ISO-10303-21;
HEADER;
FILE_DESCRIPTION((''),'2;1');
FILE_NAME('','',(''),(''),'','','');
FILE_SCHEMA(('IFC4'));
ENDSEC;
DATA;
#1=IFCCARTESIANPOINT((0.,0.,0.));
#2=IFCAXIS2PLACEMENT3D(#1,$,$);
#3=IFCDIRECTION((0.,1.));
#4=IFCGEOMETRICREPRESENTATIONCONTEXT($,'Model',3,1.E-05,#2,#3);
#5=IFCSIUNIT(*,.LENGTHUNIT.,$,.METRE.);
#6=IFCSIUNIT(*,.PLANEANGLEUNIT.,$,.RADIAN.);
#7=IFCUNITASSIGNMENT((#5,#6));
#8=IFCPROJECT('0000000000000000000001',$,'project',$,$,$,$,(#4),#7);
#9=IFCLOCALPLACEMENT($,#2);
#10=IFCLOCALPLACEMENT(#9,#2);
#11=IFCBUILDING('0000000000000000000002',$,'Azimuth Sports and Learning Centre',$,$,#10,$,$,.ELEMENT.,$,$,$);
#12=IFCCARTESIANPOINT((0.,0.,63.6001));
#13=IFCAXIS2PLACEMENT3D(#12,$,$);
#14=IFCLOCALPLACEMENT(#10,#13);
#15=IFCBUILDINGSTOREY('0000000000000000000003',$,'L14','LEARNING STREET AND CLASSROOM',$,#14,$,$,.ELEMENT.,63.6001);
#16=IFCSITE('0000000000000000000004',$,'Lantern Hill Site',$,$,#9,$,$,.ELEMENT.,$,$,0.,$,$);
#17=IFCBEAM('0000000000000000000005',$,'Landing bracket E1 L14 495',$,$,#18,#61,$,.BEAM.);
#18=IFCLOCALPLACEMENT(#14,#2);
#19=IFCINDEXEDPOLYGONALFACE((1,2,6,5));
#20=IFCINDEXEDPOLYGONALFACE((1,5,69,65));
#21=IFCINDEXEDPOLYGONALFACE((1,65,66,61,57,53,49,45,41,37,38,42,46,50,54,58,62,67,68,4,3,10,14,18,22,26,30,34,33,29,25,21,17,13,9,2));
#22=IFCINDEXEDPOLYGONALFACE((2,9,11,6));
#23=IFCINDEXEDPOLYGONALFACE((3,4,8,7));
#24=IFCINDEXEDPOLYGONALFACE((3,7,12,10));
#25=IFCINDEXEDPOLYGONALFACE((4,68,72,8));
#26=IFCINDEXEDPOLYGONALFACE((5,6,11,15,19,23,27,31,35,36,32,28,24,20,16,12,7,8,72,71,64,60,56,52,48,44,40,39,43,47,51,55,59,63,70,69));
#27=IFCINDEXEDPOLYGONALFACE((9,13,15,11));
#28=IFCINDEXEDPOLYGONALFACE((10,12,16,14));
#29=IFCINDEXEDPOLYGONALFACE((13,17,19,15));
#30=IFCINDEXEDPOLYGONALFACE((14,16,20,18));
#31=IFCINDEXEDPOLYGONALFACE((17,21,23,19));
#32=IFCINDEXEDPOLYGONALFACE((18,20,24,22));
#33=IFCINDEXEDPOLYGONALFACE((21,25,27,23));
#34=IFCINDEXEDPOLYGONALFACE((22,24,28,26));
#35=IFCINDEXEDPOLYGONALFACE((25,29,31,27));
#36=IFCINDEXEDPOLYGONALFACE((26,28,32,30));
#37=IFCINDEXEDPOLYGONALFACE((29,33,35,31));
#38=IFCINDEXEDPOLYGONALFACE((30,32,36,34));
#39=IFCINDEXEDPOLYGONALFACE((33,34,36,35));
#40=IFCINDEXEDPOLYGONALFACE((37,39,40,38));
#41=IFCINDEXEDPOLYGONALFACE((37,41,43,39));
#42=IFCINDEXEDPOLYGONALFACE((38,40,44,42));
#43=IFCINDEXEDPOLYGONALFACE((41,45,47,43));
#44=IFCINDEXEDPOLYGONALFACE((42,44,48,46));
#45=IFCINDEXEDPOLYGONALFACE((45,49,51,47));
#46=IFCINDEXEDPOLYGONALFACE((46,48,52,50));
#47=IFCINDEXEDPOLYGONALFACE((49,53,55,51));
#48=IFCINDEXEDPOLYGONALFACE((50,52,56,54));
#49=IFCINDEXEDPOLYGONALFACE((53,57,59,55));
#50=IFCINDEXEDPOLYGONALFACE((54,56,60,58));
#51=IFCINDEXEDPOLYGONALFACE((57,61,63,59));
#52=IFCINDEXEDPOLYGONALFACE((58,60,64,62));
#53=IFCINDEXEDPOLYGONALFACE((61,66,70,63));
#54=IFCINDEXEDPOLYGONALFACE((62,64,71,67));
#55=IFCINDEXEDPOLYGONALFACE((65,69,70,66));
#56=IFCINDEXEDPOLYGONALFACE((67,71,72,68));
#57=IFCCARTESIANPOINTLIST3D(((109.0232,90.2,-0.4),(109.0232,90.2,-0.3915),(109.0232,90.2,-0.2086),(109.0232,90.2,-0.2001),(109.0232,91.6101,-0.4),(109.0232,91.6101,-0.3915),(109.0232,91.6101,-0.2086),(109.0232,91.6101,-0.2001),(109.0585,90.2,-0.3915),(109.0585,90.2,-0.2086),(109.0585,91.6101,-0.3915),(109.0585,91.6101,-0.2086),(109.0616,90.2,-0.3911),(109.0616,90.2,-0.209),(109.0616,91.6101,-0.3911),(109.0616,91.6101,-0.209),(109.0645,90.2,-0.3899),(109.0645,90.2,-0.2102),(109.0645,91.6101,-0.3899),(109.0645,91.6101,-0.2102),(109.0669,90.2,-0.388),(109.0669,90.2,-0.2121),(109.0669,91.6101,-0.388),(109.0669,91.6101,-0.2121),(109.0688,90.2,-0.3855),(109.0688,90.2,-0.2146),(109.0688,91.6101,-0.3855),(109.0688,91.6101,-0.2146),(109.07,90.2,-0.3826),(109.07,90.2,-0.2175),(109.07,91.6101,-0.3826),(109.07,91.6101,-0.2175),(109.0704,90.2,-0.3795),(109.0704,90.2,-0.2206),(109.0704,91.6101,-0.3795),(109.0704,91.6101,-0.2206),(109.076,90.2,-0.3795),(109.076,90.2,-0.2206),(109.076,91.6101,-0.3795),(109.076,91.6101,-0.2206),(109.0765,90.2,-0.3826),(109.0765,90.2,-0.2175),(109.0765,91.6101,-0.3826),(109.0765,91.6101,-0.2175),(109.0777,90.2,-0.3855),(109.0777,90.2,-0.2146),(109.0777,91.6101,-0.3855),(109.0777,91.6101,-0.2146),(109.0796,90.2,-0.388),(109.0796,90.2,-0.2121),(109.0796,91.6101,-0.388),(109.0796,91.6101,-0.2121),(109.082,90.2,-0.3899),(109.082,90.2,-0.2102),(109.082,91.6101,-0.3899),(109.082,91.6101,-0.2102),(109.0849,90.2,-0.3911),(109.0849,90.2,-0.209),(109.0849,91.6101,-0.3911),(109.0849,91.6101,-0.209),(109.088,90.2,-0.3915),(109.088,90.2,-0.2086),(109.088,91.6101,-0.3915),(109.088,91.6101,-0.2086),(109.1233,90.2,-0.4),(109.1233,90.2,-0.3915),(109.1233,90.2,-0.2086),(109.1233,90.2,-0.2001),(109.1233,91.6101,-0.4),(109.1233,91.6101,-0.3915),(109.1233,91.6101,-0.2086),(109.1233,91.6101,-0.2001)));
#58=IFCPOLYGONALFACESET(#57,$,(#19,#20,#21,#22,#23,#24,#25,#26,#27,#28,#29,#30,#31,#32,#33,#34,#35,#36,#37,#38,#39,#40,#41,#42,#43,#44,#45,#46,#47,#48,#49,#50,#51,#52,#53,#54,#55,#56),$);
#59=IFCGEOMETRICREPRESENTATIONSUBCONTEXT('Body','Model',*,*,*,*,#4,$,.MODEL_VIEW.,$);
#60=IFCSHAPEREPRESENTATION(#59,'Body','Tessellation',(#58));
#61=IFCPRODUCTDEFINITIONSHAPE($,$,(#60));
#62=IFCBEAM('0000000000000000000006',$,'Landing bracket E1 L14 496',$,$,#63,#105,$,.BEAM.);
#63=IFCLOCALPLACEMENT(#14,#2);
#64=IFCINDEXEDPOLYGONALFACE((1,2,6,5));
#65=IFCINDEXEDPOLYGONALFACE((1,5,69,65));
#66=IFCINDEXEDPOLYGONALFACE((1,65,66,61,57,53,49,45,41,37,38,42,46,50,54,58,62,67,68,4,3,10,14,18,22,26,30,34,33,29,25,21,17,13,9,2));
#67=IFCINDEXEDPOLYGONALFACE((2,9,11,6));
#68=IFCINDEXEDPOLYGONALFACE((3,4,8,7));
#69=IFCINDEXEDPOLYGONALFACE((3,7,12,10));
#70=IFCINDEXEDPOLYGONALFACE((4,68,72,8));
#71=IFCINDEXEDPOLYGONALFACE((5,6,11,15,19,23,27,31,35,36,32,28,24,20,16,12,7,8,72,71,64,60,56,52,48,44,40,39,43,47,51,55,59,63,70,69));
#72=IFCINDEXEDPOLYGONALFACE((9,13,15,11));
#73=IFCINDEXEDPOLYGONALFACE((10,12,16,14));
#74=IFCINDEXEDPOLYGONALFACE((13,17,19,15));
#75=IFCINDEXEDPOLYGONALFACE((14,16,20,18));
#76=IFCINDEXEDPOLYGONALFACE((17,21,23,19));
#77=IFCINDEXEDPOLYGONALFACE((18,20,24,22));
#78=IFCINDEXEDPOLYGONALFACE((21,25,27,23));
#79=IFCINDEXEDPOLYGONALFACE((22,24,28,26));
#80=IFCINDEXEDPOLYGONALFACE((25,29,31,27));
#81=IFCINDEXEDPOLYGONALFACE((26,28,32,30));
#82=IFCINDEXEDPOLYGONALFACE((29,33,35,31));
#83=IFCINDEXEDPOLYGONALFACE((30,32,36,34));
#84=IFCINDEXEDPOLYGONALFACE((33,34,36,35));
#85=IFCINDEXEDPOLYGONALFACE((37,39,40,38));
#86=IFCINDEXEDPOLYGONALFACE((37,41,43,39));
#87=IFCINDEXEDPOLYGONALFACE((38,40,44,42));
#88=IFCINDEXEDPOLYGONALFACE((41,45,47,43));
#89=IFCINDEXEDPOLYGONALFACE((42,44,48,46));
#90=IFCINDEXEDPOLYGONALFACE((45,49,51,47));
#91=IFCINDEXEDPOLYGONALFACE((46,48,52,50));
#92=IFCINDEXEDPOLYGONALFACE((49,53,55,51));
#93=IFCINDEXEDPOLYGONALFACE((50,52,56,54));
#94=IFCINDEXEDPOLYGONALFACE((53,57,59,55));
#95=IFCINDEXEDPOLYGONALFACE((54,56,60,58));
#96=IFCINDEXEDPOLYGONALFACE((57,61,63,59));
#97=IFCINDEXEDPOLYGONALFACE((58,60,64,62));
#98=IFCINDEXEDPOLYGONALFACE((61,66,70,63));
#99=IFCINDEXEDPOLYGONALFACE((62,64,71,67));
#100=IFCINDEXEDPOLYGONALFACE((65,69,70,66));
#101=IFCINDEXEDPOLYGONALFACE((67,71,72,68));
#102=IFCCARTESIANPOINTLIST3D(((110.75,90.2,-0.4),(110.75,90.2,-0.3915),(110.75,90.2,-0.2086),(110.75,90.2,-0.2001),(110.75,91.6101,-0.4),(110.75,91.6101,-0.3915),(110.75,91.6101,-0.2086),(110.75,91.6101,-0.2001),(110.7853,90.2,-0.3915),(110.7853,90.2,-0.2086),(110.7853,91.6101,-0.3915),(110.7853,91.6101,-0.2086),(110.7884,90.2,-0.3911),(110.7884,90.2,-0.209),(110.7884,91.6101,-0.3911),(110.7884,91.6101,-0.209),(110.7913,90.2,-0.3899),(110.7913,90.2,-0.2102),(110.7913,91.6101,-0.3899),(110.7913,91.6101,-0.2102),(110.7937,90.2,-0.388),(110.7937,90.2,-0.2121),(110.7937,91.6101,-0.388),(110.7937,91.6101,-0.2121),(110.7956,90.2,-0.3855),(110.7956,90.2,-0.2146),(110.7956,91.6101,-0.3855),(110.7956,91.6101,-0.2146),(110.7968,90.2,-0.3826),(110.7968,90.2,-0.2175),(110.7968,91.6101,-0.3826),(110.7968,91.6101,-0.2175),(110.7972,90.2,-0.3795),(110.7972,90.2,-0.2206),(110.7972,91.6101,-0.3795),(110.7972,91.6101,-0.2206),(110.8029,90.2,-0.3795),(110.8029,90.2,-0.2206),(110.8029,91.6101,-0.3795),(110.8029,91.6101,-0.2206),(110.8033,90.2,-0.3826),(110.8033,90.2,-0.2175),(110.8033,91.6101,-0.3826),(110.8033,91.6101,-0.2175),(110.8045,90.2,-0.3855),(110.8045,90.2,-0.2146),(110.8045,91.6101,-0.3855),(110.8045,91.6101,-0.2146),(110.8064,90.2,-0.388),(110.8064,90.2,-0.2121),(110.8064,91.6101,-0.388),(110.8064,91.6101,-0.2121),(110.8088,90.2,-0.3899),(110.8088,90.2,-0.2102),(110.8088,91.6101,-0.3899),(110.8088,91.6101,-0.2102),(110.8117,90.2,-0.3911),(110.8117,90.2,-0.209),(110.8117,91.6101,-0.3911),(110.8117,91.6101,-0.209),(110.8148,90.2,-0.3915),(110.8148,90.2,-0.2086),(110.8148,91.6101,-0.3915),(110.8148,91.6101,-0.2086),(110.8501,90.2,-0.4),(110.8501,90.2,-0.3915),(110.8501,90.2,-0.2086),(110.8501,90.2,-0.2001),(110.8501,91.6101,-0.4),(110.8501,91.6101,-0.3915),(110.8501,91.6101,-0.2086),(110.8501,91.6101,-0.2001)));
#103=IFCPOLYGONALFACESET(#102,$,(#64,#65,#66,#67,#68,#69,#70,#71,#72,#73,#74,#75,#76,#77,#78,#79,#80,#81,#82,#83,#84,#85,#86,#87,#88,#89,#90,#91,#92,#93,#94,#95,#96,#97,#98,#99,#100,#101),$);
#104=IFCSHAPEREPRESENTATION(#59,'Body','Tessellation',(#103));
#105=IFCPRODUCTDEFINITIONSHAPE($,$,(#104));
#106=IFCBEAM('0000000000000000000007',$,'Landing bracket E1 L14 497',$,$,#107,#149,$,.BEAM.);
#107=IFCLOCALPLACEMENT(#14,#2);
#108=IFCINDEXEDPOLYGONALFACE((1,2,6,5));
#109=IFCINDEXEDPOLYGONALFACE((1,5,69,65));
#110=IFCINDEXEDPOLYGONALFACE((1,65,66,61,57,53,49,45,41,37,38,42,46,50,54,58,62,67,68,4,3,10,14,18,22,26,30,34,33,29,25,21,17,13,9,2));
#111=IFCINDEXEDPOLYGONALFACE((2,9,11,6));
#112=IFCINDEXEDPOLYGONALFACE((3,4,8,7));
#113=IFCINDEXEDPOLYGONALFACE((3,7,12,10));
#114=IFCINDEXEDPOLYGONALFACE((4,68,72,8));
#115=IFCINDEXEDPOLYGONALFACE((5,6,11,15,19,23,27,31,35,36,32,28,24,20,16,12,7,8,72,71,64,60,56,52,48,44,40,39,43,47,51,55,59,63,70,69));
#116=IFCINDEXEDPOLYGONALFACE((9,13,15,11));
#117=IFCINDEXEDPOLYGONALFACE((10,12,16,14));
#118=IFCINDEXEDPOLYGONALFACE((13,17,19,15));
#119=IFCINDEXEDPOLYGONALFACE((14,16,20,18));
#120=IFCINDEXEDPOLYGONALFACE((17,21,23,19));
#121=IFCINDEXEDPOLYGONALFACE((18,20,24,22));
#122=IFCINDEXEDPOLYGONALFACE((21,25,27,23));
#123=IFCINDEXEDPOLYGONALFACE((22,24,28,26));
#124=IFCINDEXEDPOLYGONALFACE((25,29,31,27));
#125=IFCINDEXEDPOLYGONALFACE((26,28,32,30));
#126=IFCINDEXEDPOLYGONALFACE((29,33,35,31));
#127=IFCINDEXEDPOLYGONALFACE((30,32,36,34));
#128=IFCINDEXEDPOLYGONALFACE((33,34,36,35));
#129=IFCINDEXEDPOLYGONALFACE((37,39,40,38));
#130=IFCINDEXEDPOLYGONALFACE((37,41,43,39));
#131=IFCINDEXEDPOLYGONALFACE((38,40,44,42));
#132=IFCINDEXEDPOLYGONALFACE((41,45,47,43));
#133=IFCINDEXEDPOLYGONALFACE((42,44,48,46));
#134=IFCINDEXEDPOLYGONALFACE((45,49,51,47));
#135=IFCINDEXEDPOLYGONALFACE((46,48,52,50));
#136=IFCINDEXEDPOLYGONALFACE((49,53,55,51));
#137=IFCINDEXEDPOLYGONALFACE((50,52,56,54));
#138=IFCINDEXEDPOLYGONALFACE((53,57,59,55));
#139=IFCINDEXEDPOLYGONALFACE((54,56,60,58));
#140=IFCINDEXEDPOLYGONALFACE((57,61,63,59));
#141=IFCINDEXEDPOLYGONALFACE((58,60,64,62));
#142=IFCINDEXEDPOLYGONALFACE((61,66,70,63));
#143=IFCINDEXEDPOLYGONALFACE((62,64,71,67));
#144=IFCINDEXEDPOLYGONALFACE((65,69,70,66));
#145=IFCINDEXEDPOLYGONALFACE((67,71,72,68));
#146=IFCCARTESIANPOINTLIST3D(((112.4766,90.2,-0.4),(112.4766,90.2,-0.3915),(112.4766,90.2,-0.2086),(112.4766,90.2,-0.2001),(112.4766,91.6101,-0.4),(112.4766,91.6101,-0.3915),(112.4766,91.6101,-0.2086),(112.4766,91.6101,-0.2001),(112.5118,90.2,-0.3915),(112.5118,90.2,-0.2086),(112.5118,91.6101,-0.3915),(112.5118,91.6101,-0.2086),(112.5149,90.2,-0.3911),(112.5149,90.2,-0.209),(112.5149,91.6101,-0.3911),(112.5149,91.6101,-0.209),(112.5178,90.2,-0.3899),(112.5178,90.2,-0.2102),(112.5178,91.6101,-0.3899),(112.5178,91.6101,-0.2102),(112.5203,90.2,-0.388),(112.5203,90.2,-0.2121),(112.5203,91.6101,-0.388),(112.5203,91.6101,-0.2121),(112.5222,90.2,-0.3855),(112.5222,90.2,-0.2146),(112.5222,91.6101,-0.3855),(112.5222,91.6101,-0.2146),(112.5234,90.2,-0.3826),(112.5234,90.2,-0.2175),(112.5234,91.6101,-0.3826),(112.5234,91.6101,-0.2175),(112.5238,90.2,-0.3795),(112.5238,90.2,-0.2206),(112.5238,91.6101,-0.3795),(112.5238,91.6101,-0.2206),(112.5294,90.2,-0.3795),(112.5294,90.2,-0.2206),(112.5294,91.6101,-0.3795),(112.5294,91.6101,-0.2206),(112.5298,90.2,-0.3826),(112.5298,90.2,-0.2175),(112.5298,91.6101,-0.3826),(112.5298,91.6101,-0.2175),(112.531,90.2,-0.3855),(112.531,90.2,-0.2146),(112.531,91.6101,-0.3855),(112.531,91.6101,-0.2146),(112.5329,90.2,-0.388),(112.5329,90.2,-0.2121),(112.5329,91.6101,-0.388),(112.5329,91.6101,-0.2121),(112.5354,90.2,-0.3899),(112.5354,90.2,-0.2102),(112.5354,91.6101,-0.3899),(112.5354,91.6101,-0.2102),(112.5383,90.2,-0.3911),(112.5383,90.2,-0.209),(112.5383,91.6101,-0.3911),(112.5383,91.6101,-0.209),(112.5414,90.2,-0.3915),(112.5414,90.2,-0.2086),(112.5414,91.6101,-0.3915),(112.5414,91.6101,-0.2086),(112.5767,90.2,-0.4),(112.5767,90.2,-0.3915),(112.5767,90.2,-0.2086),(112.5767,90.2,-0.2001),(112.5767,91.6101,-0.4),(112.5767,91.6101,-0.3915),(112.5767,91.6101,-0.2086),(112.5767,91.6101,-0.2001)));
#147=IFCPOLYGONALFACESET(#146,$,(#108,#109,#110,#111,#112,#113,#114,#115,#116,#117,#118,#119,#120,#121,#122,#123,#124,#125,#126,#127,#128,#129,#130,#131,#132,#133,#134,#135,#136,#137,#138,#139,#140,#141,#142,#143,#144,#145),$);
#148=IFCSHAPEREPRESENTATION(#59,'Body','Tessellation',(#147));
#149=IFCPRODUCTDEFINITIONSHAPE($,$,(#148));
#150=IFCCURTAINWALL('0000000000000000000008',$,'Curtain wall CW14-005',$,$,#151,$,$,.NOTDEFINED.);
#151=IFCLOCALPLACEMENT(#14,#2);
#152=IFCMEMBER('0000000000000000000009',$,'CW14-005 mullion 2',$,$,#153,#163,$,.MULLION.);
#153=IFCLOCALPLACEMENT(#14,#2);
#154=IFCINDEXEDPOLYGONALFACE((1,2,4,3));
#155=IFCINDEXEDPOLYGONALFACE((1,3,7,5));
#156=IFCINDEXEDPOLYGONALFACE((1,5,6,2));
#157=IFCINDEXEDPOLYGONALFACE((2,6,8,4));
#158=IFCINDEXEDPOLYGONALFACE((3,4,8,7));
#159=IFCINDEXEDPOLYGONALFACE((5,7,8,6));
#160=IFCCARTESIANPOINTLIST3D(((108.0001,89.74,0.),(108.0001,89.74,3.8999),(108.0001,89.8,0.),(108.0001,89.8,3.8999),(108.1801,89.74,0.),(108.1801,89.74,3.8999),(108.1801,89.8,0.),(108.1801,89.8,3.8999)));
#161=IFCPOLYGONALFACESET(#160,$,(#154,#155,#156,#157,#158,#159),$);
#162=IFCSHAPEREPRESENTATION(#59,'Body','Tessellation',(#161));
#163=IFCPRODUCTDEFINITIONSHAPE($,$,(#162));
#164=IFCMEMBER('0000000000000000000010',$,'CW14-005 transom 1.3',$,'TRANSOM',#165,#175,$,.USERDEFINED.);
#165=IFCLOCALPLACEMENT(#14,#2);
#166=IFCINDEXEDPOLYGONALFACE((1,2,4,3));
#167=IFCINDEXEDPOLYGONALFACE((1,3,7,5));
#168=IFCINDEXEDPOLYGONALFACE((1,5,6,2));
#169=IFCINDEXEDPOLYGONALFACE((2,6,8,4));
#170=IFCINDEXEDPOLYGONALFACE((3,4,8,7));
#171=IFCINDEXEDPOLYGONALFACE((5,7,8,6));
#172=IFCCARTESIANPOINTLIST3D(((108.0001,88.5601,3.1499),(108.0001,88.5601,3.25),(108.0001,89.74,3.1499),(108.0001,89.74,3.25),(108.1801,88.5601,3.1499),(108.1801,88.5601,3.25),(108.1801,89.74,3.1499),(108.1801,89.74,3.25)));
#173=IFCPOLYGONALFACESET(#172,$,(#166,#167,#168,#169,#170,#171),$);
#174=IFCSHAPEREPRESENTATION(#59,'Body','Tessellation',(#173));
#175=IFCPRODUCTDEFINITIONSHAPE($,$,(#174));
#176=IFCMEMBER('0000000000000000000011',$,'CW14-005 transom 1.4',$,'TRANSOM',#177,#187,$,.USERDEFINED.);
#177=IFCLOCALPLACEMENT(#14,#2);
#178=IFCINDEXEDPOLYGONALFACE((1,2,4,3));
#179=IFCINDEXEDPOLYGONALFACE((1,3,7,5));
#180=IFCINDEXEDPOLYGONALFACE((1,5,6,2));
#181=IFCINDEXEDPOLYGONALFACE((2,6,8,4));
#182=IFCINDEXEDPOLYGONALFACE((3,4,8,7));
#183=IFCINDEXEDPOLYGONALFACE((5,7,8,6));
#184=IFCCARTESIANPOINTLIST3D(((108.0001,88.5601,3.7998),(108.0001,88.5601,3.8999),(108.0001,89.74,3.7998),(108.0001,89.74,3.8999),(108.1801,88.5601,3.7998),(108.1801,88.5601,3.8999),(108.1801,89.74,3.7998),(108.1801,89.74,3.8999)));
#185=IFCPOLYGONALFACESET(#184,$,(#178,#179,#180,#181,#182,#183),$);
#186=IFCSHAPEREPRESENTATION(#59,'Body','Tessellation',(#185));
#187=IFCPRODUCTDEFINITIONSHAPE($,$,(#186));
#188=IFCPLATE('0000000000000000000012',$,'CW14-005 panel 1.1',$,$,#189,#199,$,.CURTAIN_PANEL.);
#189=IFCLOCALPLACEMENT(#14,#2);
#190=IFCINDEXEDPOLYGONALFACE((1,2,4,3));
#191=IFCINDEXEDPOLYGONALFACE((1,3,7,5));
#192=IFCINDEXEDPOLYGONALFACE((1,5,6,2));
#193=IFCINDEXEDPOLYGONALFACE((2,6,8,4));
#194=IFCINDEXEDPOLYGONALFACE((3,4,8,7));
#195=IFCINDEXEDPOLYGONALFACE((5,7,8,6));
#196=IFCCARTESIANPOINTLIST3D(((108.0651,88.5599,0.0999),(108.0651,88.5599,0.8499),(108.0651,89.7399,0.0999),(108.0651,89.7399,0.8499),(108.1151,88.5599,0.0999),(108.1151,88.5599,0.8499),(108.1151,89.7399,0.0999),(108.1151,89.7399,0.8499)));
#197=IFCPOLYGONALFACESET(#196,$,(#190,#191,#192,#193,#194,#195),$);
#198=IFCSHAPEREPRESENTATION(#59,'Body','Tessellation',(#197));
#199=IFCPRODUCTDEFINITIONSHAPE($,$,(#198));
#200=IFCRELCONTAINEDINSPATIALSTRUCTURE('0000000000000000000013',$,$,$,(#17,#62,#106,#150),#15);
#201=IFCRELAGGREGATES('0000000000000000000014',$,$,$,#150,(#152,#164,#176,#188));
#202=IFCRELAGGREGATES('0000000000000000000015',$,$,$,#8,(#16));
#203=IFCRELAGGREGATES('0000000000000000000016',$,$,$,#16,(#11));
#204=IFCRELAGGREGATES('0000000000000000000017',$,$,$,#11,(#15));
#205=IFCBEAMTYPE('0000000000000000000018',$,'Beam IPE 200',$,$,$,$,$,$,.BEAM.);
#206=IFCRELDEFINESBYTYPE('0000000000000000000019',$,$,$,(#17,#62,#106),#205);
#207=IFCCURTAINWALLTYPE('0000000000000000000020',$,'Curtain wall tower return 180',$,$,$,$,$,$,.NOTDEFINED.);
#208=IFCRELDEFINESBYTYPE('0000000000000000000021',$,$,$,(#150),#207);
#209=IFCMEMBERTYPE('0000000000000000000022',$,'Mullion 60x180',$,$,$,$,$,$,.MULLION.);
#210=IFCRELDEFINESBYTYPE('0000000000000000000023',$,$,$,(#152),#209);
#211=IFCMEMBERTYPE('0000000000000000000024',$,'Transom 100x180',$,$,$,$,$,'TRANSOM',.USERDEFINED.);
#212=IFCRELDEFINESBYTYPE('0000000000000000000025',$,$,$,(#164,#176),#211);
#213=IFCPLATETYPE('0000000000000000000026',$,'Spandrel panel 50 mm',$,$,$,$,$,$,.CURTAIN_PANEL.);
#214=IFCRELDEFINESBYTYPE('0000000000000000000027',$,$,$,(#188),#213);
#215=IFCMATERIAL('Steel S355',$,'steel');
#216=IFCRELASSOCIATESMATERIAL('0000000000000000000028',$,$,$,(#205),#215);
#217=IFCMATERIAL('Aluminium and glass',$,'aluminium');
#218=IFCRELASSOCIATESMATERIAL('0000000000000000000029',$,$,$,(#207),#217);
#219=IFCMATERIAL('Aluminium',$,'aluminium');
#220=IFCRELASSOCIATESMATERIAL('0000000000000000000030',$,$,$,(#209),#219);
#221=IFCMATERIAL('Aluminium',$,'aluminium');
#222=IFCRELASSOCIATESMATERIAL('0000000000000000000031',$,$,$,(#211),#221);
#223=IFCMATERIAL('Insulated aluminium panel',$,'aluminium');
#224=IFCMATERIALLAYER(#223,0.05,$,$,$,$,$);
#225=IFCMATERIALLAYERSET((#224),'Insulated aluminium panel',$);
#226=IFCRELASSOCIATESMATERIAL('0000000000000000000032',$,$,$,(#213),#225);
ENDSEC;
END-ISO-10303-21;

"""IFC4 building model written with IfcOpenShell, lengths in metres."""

from ifc_helpers import new_model, si_unit, direction, frame, origin, origin_2d, place, context, subcontext, project, spatial, rectangle, i_section, extrude, material, layer, layer_set, material_profile, profile_set, type_object, element, aggregate, save


model = new_model("IFC4")

# Units and contexts
model_context = context("Model", 3, precision=1e-05, world=origin(), true_north=direction((0.0, 1.0)))
body_context = subcontext(model_context, "Body", "Model", "MODEL_VIEW")
ifc_project = project(units=[si_unit("LENGTHUNIT", "METRE"), si_unit("PLANEANGLEUNIT", "RADIAN")], contexts=[model_context])

# Site, building, storey
site_placement = place(None, origin())
site = spatial("IfcSite", under=ifc_project, at=site_placement, Name="Lantern Hill Site", CompositionType="ELEMENT", RefElevation=0.0)
building_placement = place(site_placement, origin())
building = spatial("IfcBuilding", under=site, at=building_placement, Name="Azimuth Sports and Learning Centre", CompositionType="ELEMENT")
storey_placement = place(building_placement, frame((0.0, 0.0, 63.6001)))
storey = spatial("IfcBuildingStorey", under=building, at=storey_placement, Name="L14", Description="LEARNING STREET AND CLASSROOM", CompositionType="ELEMENT", Elevation=63.6001)

# Beams
ifc_material_1 = material(Name="Steel S355", Category="steel")
ifc_material_profile_1 = material_profile(ifc_material_1, i_section(OverallWidth=0.1001, OverallDepth=0.2, WebThickness=0.0056, FlangeThickness=0.0085, FilletRadius=0.012, at=origin_2d()), Name="IPE 200")
ifc_profile_set_1 = profile_set([ifc_material_profile_1], Name="Steel S355")
beam_type = type_object("IfcBeamType", Name="Beam IPE 200", PredefinedType="BEAM", material=ifc_profile_set_1)
for number, where, z_axis, x_axis, name in (
    (1, (109.0732, 90.2, -0.3), (0.0, 1.0, 0.0), (-1.0, 0.0, 0.0), "Landing bracket E1 L14 495"),
    (2, (110.8, 90.2, -0.3), (0.0, 1.0, 0.0), (-1.0, 0.0, 0.0), "Landing bracket E1 L14 496"),
    (3, (112.5266, 90.2, -0.3), (0.0, 1.0, 0.0), (-1.0, 0.0, 0.0), "Landing bracket E1 L14 497"),
):
    element("IfcBeam", number, at=place(storey_placement, frame(where, z_axis=z_axis, x_axis=x_axis)), inside=storey, type_object=beam_type, Name=name, PredefinedType="BEAM", context=body_context, shape_type="SweptSolid", body=[
        extrude(i_section(OverallWidth=0.1001, OverallDepth=0.2, WebThickness=0.0056, FlangeThickness=0.0085, FilletRadius=0.012, at=origin_2d()), origin(), (0.0, 0.0, 1.0), 1.4102),
    ])

# Curtain wall, members, plate
ifc_material_2 = material(Name="Aluminium and glass", Category="aluminium")
curtain_wall_type = type_object("IfcCurtainWallType", Name="Curtain wall tower return 180", PredefinedType="NOTDEFINED", material=ifc_material_2)
curtain_wall_placement = place(storey_placement, origin())
curtain_wall = element("IfcCurtainWall", 4, at=curtain_wall_placement, inside=storey, type_object=curtain_wall_type, Name="Curtain wall CW14-005", PredefinedType="NOTDEFINED")
ifc_material_3 = material(Name="Aluminium", Category="aluminium")
ifc_material_profile_2 = material_profile(ifc_material_3, rectangle(XDim=0.1799, YDim=0.0601, at=origin_2d()), Name="Mullion 60x180")
ifc_profile_set_2 = profile_set([ifc_material_profile_2], Name="Aluminium")
member_type_1 = type_object("IfcMemberType", Name="Mullion 60x180", PredefinedType="MULLION", material=ifc_profile_set_2)
member_1_placement = place(storey_placement, frame((108.0901, 89.77, 0.0), z_axis=(0.0, 0.0, 1.0), x_axis=(-1.0, 0.0, 0.0)))
member_1 = element("IfcMember", 5, at=member_1_placement, type_object=member_type_1, Name="CW14-005 mullion 2", PredefinedType="MULLION", context=body_context, shape_type="SweptSolid", body=[
    extrude(rectangle(XDim=0.1799, YDim=0.0601, at=origin_2d()), origin(), (0.0, 0.0, 1.0), 3.8999),
])
ifc_material_4 = material(Name="Aluminium", Category="aluminium")
ifc_material_profile_3 = material_profile(ifc_material_4, rectangle(XDim=0.1799, YDim=0.1001, at=origin_2d()), Name="Transom 100x180")
ifc_profile_set_3 = profile_set([ifc_material_profile_3], Name="Aluminium")
member_type_2 = type_object("IfcMemberType", Name="Transom 100x180", ElementType="TRANSOM", PredefinedType="USERDEFINED", material=ifc_profile_set_3)
member_2_placement = place(storey_placement, frame((108.0901, 88.5601, 3.2), z_axis=(0.0, 1.0, 0.0), x_axis=(-1.0, 0.0, 0.0)))
member_2 = element("IfcMember", 6, at=member_2_placement, type_object=member_type_2, Name="CW14-005 transom 1.3", ObjectType="TRANSOM", PredefinedType="USERDEFINED", context=body_context, shape_type="SweptSolid", body=[
    extrude(rectangle(XDim=0.1799, YDim=0.1001, at=origin_2d()), origin(), (0.0, 0.0, 1.0), 1.1799),
])
member_3_placement = place(storey_placement, frame((108.0901, 88.5601, 3.8499), z_axis=(0.0, 1.0, 0.0), x_axis=(-1.0, 0.0, 0.0)))
member_3 = element("IfcMember", 7, at=member_3_placement, type_object=member_type_2, Name="CW14-005 transom 1.4", ObjectType="TRANSOM", PredefinedType="USERDEFINED", context=body_context, shape_type="SweptSolid", body=[
    extrude(rectangle(XDim=0.1799, YDim=0.1001, at=origin_2d()), origin(), (0.0, 0.0, 1.0), 1.1799),
])
ifc_material_5 = material(Name="Insulated aluminium panel", Category="aluminium")
ifc_layer_1 = layer(ifc_material_5, 0.05)
ifc_layer_set_1 = layer_set([ifc_layer_1], Name="Insulated aluminium panel")
plate_type_1 = type_object("IfcPlateType", Name="Spandrel panel 50 mm", PredefinedType="CURTAIN_PANEL", material=ifc_layer_set_1)
plate_1_placement = place(storey_placement, frame((108.0901, 89.1499, 0.0999), z_axis=(0.0, 0.0, 1.0), x_axis=(0.0, 1.0, 0.0)))
plate_1 = element("IfcPlate", 8, at=plate_1_placement, type_object=plate_type_1, Name="CW14-005 panel 1.1", PredefinedType="CURTAIN_PANEL", context=body_context, shape_type="SweptSolid", body=[
    extrude(rectangle(XDim=1.1799, YDim=0.05, at=origin_2d()), origin(), (0.0, 0.0, 1.0), 0.75),
])
aggregate(curtain_wall, [member_1, member_2, member_3, plate_1])

save(model, "model.ifc")
